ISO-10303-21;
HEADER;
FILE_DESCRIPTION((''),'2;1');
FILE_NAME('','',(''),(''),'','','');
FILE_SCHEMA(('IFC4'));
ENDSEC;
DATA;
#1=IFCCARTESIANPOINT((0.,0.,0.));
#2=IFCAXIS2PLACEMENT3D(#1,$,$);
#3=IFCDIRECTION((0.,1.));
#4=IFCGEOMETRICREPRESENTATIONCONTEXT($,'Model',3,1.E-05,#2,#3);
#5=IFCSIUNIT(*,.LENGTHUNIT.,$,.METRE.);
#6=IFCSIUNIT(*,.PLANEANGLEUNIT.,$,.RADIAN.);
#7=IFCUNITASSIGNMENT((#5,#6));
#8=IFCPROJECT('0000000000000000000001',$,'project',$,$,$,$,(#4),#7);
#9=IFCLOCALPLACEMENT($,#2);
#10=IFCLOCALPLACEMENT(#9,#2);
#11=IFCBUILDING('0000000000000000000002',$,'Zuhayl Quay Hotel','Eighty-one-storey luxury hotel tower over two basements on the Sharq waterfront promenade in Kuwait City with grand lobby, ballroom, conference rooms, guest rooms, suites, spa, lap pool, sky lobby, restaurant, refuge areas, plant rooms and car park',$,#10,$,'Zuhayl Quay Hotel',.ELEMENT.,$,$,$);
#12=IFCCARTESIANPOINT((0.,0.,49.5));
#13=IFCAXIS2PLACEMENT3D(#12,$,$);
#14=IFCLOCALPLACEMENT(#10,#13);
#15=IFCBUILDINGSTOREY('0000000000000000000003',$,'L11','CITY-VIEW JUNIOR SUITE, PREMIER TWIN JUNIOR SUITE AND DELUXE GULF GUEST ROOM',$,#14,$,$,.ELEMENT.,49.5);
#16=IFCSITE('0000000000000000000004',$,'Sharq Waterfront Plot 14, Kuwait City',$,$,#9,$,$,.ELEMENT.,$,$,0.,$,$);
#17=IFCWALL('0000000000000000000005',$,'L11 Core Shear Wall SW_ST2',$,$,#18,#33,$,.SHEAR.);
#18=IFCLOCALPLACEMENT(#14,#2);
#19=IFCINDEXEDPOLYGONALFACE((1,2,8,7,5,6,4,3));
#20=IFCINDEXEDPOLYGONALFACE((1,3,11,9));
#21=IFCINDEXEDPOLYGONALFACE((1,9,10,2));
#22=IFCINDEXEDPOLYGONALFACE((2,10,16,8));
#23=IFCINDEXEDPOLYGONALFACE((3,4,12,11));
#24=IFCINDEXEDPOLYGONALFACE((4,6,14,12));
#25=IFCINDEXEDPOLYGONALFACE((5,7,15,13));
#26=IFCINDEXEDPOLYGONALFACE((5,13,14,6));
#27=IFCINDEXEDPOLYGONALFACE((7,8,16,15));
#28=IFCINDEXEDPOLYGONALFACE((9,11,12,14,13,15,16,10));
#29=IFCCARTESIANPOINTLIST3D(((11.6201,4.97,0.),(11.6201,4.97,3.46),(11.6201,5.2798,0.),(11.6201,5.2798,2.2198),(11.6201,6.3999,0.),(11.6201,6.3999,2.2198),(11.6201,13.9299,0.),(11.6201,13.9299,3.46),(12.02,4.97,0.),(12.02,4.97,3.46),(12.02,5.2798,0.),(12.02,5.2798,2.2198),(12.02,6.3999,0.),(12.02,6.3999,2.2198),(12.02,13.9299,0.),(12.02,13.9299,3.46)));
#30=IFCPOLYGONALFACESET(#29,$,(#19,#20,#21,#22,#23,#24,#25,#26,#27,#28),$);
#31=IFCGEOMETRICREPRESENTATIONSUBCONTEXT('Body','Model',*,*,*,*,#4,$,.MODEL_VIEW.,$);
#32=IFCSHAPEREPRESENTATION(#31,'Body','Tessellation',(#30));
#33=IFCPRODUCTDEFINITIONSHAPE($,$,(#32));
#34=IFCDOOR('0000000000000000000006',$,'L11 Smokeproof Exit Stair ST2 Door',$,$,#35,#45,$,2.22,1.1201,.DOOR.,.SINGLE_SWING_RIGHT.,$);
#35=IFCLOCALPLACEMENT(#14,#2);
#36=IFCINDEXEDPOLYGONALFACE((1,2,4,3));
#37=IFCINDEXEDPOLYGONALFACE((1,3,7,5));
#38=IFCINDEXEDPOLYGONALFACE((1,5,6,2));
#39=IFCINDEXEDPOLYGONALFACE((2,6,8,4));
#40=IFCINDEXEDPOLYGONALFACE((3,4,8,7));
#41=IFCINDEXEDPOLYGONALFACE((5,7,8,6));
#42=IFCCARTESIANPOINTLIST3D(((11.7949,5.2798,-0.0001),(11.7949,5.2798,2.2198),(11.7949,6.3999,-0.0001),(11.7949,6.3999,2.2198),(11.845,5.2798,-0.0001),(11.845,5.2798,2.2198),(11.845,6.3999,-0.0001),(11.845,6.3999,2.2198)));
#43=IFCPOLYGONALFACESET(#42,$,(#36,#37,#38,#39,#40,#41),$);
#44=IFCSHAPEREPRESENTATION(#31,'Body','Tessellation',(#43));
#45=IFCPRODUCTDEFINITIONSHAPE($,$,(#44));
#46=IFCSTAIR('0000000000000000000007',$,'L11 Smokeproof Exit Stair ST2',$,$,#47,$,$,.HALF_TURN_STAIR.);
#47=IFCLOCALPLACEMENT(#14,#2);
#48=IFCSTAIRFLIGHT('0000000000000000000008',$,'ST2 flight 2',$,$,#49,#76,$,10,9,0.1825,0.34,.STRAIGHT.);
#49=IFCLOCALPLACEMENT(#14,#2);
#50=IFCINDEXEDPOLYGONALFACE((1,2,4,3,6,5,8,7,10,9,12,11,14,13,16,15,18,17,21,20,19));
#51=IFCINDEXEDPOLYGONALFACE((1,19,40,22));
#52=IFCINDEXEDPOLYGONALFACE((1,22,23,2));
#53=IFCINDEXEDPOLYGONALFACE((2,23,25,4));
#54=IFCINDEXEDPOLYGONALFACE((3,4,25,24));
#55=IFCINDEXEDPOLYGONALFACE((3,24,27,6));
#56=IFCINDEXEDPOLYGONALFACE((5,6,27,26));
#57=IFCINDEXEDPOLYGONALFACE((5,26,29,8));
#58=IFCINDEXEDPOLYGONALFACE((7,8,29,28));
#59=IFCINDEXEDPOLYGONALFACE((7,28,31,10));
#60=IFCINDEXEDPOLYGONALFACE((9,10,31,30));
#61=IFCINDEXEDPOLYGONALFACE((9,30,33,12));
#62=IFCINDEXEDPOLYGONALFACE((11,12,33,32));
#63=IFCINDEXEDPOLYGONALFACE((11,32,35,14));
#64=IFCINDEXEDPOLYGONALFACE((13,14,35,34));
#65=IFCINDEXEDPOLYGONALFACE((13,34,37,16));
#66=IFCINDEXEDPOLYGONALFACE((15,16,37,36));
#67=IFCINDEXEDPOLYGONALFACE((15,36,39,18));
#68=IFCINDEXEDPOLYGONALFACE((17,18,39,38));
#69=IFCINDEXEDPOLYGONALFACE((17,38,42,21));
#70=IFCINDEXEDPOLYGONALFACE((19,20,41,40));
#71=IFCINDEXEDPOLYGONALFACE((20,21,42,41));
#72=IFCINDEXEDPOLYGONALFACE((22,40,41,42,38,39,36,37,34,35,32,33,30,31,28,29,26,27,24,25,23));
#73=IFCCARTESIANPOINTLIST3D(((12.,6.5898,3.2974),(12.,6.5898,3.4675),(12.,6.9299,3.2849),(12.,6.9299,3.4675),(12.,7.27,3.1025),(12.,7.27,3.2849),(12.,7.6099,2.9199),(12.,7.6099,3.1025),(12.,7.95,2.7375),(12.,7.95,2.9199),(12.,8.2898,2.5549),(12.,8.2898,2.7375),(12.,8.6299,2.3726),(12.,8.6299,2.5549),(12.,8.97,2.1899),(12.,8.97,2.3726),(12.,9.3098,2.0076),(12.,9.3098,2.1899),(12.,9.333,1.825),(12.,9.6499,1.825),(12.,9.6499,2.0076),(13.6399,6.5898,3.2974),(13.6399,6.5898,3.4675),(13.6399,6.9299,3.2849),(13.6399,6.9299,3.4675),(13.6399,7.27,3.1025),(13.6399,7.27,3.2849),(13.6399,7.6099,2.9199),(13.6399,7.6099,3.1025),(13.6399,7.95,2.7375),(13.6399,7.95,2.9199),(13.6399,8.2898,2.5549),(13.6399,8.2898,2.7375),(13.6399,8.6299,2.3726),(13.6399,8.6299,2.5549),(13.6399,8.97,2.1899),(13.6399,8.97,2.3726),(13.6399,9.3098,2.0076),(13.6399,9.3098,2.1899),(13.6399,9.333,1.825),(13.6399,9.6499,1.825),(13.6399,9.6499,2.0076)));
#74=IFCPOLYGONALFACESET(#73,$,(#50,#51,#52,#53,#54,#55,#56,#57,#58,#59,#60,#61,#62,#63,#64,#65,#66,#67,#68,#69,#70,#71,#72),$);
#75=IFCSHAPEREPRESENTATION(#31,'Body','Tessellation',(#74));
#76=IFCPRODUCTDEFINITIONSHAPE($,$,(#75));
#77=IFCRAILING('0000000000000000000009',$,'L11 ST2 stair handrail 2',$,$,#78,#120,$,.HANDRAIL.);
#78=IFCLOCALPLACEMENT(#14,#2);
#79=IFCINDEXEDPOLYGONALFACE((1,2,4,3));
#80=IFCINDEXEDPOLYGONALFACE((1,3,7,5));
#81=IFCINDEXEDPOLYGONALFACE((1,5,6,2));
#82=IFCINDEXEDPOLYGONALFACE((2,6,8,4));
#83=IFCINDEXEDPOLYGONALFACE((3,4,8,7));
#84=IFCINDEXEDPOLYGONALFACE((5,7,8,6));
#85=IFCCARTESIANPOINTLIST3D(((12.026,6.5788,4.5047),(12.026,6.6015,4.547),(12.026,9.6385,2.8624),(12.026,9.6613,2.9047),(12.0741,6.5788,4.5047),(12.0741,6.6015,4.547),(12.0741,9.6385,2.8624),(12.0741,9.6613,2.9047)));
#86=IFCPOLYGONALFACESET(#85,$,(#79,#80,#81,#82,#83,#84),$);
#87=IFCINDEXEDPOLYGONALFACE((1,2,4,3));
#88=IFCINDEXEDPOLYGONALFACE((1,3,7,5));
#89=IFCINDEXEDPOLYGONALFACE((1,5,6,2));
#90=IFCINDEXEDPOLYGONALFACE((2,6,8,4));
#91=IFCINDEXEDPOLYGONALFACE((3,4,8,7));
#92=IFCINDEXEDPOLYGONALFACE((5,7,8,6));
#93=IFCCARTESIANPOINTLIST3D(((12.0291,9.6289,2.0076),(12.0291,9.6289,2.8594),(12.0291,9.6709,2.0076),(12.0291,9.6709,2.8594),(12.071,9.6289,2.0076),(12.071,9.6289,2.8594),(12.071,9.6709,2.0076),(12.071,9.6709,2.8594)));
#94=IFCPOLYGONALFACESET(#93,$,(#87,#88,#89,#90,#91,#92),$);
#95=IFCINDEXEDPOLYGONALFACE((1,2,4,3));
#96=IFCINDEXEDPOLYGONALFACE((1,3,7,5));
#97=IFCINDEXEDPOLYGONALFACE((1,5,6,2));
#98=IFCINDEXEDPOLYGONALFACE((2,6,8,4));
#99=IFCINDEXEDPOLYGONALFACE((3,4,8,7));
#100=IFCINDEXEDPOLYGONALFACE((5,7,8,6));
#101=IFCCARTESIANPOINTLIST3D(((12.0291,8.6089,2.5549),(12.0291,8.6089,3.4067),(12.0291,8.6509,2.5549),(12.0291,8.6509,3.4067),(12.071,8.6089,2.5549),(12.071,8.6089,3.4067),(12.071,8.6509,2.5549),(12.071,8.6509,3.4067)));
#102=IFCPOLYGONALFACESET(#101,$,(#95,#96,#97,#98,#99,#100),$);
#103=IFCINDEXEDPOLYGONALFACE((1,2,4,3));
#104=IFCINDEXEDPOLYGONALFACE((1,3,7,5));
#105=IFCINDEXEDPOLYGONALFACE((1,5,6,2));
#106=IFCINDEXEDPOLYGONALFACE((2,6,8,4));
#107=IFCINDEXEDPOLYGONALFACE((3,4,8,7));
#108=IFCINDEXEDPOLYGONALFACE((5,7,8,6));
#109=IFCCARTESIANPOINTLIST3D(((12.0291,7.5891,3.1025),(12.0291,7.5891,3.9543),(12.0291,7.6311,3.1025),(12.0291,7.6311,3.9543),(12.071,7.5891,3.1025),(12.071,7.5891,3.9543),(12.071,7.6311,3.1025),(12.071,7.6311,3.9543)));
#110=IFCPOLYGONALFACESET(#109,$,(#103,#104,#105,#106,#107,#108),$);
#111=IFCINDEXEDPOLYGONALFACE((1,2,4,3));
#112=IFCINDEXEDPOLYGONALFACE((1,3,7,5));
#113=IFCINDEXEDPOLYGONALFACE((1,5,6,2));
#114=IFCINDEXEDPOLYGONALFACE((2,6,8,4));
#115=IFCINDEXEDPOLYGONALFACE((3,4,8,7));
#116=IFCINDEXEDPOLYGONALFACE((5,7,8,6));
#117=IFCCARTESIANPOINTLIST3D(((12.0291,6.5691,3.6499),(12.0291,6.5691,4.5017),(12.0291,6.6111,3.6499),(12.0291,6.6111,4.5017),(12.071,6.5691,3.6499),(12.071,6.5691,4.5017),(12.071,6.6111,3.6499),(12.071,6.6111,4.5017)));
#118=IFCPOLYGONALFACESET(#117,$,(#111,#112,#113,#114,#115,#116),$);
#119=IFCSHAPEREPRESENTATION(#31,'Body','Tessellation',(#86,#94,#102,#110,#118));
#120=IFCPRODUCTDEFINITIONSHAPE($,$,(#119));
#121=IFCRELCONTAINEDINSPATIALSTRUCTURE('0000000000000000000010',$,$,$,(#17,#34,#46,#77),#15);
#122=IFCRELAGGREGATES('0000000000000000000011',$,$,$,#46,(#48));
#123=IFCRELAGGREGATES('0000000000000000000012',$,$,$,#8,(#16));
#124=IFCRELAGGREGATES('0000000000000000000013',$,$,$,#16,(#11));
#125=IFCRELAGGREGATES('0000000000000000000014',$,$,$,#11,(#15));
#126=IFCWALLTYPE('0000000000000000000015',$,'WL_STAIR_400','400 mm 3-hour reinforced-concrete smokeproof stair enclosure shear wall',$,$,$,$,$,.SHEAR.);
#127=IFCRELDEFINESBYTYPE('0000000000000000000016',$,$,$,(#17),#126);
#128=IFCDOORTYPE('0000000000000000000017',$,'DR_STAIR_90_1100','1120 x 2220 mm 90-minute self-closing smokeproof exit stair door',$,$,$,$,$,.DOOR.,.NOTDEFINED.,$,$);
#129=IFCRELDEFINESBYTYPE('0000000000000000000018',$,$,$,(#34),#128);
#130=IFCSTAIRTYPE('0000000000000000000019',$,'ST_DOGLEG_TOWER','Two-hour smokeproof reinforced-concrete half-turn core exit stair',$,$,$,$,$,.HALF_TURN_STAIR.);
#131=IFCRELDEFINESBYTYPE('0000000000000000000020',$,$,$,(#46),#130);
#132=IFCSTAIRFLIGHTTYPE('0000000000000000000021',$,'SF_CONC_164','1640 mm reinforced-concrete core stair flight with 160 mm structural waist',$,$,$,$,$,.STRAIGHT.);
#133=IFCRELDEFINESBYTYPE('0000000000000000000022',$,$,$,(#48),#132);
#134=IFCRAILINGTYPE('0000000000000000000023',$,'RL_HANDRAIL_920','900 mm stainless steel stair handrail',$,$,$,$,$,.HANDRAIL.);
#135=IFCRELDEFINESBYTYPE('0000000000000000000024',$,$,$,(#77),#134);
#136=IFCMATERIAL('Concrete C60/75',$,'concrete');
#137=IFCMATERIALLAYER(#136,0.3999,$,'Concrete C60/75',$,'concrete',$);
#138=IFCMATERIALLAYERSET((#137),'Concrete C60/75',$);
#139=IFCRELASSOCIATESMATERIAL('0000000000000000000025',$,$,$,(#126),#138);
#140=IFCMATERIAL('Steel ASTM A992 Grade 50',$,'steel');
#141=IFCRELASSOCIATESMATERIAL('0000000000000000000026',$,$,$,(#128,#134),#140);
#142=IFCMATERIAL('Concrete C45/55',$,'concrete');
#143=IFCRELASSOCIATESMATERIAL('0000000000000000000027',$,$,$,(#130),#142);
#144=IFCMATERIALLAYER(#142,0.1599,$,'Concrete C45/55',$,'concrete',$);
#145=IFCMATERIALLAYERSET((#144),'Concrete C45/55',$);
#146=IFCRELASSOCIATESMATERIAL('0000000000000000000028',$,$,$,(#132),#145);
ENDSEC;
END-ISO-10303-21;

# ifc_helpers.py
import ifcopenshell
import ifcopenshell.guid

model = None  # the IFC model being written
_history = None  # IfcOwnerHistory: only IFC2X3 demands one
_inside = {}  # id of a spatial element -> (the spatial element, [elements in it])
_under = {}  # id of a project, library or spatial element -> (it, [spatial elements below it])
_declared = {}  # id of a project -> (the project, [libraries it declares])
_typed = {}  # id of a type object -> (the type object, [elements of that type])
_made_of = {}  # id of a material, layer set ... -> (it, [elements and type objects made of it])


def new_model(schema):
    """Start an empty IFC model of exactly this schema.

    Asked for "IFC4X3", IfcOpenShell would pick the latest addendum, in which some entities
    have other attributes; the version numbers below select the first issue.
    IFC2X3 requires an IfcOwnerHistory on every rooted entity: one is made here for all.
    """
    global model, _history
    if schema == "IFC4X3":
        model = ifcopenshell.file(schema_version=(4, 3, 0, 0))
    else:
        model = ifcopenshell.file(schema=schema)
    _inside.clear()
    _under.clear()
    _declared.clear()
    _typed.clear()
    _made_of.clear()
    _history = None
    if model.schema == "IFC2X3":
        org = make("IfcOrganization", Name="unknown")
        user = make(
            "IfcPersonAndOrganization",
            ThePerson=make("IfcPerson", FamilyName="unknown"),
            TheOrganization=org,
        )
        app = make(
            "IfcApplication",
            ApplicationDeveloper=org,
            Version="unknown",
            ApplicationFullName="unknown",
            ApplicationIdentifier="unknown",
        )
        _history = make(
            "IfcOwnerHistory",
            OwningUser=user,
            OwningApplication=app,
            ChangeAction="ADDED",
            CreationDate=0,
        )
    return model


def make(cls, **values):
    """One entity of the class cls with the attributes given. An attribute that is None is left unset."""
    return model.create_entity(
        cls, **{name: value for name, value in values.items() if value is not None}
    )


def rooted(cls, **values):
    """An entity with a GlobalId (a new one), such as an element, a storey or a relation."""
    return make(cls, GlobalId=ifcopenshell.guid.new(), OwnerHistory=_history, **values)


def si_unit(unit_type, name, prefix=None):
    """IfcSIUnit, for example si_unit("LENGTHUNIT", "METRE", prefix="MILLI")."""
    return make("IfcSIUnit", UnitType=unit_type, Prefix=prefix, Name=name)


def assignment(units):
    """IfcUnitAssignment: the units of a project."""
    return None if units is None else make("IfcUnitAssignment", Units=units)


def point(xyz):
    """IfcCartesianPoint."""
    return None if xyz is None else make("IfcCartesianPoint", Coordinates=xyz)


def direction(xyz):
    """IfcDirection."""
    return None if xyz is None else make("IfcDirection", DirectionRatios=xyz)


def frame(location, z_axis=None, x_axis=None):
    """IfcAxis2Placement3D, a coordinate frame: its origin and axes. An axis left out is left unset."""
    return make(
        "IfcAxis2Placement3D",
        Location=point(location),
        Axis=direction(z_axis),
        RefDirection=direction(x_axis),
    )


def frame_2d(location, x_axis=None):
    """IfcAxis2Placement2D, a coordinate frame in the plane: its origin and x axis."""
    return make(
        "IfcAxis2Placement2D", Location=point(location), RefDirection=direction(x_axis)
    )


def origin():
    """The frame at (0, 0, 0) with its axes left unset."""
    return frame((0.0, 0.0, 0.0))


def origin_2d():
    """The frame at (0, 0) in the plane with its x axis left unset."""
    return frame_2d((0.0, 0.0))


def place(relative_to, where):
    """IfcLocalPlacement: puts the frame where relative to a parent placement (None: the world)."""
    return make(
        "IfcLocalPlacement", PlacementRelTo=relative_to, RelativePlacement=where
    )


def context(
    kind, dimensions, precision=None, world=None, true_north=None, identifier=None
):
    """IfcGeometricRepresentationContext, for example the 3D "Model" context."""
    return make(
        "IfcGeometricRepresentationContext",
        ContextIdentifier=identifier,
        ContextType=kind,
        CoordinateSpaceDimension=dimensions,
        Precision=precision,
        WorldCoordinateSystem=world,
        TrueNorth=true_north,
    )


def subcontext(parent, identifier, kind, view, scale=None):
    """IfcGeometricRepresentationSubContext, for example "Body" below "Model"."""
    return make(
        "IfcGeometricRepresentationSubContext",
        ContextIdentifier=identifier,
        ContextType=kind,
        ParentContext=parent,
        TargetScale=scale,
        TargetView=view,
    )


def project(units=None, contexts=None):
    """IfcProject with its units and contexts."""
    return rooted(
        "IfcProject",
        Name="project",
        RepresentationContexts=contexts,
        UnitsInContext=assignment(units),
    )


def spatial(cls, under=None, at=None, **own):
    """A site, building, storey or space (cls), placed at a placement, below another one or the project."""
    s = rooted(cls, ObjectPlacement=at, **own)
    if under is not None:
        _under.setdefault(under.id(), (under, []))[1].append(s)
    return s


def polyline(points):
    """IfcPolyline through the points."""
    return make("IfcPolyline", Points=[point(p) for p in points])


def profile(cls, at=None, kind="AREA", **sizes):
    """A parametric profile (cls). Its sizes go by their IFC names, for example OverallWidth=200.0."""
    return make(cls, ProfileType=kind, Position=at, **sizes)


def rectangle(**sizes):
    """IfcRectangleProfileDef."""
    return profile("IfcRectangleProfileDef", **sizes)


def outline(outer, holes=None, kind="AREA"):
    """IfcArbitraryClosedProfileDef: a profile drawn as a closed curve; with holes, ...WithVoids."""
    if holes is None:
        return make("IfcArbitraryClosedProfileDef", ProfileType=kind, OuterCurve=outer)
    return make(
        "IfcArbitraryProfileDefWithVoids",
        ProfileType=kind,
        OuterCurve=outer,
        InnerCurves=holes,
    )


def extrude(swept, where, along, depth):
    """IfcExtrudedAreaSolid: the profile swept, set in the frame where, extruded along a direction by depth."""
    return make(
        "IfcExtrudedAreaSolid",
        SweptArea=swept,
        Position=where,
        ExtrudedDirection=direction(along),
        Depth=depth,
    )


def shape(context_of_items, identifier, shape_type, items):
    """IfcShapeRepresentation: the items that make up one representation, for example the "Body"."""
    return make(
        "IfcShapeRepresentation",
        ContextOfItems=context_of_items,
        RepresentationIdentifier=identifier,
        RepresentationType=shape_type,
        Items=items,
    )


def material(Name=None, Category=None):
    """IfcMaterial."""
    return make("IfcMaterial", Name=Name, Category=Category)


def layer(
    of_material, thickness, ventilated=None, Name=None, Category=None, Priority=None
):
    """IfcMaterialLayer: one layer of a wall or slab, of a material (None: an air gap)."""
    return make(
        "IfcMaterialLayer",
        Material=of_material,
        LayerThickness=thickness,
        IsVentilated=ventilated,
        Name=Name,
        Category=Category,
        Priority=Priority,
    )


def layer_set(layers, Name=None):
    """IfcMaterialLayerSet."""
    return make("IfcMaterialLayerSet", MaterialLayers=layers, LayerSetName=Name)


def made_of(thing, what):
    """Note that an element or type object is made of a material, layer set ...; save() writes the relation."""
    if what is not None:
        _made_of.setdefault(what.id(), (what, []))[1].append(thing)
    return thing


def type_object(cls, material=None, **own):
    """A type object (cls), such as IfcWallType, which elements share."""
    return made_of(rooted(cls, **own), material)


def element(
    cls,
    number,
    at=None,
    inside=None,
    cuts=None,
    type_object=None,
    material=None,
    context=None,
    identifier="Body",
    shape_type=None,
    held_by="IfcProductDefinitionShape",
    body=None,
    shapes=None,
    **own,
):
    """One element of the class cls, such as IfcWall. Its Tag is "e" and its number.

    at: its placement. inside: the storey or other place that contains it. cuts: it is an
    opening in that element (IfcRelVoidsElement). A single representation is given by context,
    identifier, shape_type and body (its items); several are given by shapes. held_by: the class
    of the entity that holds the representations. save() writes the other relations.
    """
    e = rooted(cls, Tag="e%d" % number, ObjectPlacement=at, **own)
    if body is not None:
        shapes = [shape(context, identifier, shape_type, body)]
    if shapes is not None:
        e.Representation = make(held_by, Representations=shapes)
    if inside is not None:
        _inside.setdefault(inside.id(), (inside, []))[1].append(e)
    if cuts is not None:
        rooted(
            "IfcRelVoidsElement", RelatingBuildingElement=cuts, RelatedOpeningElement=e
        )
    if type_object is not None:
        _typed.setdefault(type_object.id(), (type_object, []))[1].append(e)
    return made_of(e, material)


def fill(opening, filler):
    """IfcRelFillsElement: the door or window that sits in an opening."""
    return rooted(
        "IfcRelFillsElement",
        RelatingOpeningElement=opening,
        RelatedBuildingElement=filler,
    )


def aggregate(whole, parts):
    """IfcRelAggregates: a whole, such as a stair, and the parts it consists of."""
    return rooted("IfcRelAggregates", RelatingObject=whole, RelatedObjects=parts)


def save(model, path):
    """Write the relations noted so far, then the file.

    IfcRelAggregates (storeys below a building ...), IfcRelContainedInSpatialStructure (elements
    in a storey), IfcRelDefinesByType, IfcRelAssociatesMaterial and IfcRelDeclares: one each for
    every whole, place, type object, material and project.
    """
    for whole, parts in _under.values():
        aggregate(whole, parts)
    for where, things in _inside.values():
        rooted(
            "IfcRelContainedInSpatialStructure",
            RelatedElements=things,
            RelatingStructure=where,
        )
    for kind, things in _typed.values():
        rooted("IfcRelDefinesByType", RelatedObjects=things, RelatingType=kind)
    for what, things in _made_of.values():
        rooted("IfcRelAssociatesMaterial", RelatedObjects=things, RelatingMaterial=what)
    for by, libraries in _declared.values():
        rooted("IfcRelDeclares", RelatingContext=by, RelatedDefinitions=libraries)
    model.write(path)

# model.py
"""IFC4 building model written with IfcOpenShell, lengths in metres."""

from ifc_helpers import new_model, si_unit, direction, frame, frame_2d, origin, origin_2d, place, context, subcontext, project, spatial, polyline, rectangle, outline, extrude, material, layer, layer_set, type_object, element, fill, aggregate, save


model = new_model("IFC4")

# Units and contexts
model_context = context("Model", 3, precision=1e-05, world=origin(), true_north=direction((0.0, 1.0)))
body_context = subcontext(model_context, "Body", "Model", "MODEL_VIEW")
ifc_project = project(units=[si_unit("LENGTHUNIT", "METRE"), si_unit("PLANEANGLEUNIT", "RADIAN")], contexts=[model_context])

# Site, building, storey
site_placement = place(None, origin())
site = spatial("IfcSite", under=ifc_project, at=site_placement, Name="Sharq Waterfront Plot 14, Kuwait City", CompositionType="ELEMENT", RefElevation=0.0)
building_placement = place(site_placement, origin())
building = spatial("IfcBuilding", under=site, at=building_placement, Name="Zuhayl Quay Hotel", Description="Eighty-one-storey luxury hotel tower over two basements on the Sharq waterfront promenade in Kuwait City with grand lobby, ballroom, conference rooms, guest rooms, suites, spa, lap pool, sky lobby, restaurant, refuge areas, plant rooms and car park", LongName="Zuhayl Quay Hotel", CompositionType="ELEMENT")
storey_placement = place(building_placement, frame((0.0, 0.0, 49.5)))
storey = spatial("IfcBuildingStorey", under=building, at=storey_placement, Name="L11", Description="CITY-VIEW JUNIOR SUITE, PREMIER TWIN JUNIOR SUITE AND DELUXE GULF GUEST ROOM", CompositionType="ELEMENT", Elevation=49.5)

# Shared definitions
ifc_material_1 = material(Name="Steel ASTM A992 Grade 50", Category="steel")

# Wall, opening, door
ifc_material_2 = material(Name="Concrete C60/75", Category="concrete")
ifc_layer_1 = layer(ifc_material_2, 0.3999, Name="Concrete C60/75", Category="concrete")
ifc_layer_set_1 = layer_set([ifc_layer_1], Name="Concrete C60/75")
wall_type_1 = type_object("IfcWallType", Name="WL_STAIR_400", Description="400 mm 3-hour reinforced-concrete smokeproof stair enclosure shear wall", PredefinedType="SHEAR", material=ifc_layer_set_1)
wall_1_placement = place(storey_placement, frame((11.8201, 13.9299, 0.0), z_axis=(0.0, 0.0, 1.0), x_axis=(0.0, -1.0, 0.0)))
wall_1 = element("IfcWall", 1, at=wall_1_placement, inside=storey, type_object=wall_type_1, Name="L11 Core Shear Wall SW_ST2", PredefinedType="SHEAR", context=body_context, shape_type="SweptSolid", body=[
    extrude(rectangle(XDim=8.96, YDim=0.3999, at=frame_2d((4.48, 0.0))), origin(), (0.0, 0.0, 1.0), 3.46),
])
opening_1_placement = place(wall_1_placement, frame((7.53, 0.0, 0.0)))
opening_1 = element("IfcOpeningElement", 2, at=opening_1_placement, cuts=wall_1, PredefinedType="OPENING", context=body_context, shape_type="SweptSolid", body=[
    extrude(rectangle(XDim=1.1201, YDim=2.22, at=frame_2d((0.5601, 1.1099))), frame((0.0, 0.21, 0.0), z_axis=(0.0, -1.0, 0.0), x_axis=(1.0, 0.0, 0.0)), (0.0, 0.0, 1.0), 0.4199),
])
door_type_1 = type_object("IfcDoorType", Name="DR_STAIR_90_1100", Description="1120 x 2220 mm 90-minute self-closing smokeproof exit stair door", OperationType="NOTDEFINED", PredefinedType="DOOR", material=ifc_material_1)
door_1_placement = place(opening_1_placement, origin())
door_1 = element("IfcDoor", 3, at=door_1_placement, inside=storey, type_object=door_type_1, Name="L11 Smokeproof Exit Stair ST2 Door", OperationType="SINGLE_SWING_RIGHT", OverallHeight=2.22, OverallWidth=1.1201, PredefinedType="DOOR", context=body_context, shape_type="SweptSolid", body=[
    extrude(rectangle(XDim=1.1201, YDim=2.22, at=frame_2d((0.5601, 1.1099))), frame((0.0, 0.0249, 0.0), z_axis=(0.0, -1.0, 0.0), x_axis=(1.0, 0.0, 0.0)), (0.0, 0.0, 1.0), 0.05),
])
fill(opening_1, door_1)

# Stair, stair flight
ifc_material_3 = material(Name="Concrete C45/55", Category="concrete")
stair_type = type_object("IfcStairType", Name="ST_DOGLEG_TOWER", Description="Two-hour smokeproof reinforced-concrete half-turn core exit stair", PredefinedType="HALF_TURN_STAIR", material=ifc_material_3)
stair_placement = place(storey_placement, origin())
stair = element("IfcStair", 4, at=stair_placement, inside=storey, type_object=stair_type, Name="L11 Smokeproof Exit Stair ST2", PredefinedType="HALF_TURN_STAIR")
ifc_layer_2 = layer(ifc_material_3, 0.1599, Name="Concrete C45/55", Category="concrete")
ifc_layer_set_2 = layer_set([ifc_layer_2], Name="Concrete C45/55")
stair_flight_type = type_object("IfcStairFlightType", Name="SF_CONC_164", Description="1640 mm reinforced-concrete core stair flight with 160 mm structural waist", PredefinedType="STRAIGHT", material=ifc_layer_set_2)
stair_flight_placement = place(storey_placement, frame((12.8201, 9.6499, 1.825), z_axis=(0.0, 0.0, 1.0), x_axis=(0.0, -1.0, 0.0)))
stair_flight = element("IfcStairFlight", 5, at=stair_flight_placement, type_object=stair_flight_type, Name="ST2 flight 2", NumberOfRisers=10, NumberOfTreads=9, PredefinedType="STRAIGHT", RiserHeight=0.1825, TreadLength=0.34, context=body_context, shape_type="SweptSolid", body=[
    extrude(outline(polyline([(0.0, 0.0), (0.0, 0.1826), (0.3401, 0.1826), (0.3401, 0.365), (0.6799, 0.365), (0.6799, 0.5476), (1.02, 0.5476), (1.02, 0.73), (1.3601, 0.73), (1.3601, 0.9126), (1.7, 0.9126), (1.7, 1.095), (2.04, 1.095), (2.04, 1.2776), (2.3799, 1.2776), (2.3799, 1.46), (2.72, 1.46), (2.72, 1.6426), (3.0601, 1.6426), (3.0601, 1.825), (3.0601, 1.4724), (0.3169, 0.0), (0.0, 0.0)])), frame((0.0, 0.8198, 0.0), z_axis=(0.0, -1.0, 0.0), x_axis=(1.0, 0.0, 0.0)), (0.0, 0.0, 1.0), 1.6399),
])
aggregate(stair, [stair_flight])

# Railing
railing_type = type_object("IfcRailingType", Name="RL_HANDRAIL_920", Description="900 mm stainless steel stair handrail", PredefinedType="HANDRAIL", material=ifc_material_1)
railing_placement = place(storey_placement, frame((12.05, 9.6499, 2.0076)))
element("IfcRailing", 6, at=railing_placement, inside=storey, type_object=railing_type, Name="L11 ST2 stair handrail 2", PredefinedType="HANDRAIL", context=body_context, shape_type="SweptSolid", body=[
    extrude(rectangle(XDim=0.0481, YDim=0.0481, at=origin_2d()), frame((0.0, 0.0, 0.876), z_axis=(0.0, -0.881102, 0.472926), x_axis=(1.0, 0.0, 0.0)), (0.0, 0.0, 1.0), 3.4727),
    extrude(rectangle(XDim=0.042, YDim=0.042, at=origin_2d()), origin(), (0.0, 0.0, 1.0), 0.8518),
    extrude(rectangle(XDim=0.042, YDim=0.042, at=origin_2d()), frame((0.0, -1.02, 0.5474)), (0.0, 0.0, 1.0), 0.8518),
    extrude(rectangle(XDim=0.042, YDim=0.042, at=origin_2d()), frame((0.0, -2.0398, 1.095)), (0.0, 0.0, 1.0), 0.8518),
    extrude(rectangle(XDim=0.042, YDim=0.042, at=origin_2d()), frame((0.0, -3.0598, 1.6423)), (0.0, 0.0, 1.0), 0.8518),
])

save(model, "model.ifc")
